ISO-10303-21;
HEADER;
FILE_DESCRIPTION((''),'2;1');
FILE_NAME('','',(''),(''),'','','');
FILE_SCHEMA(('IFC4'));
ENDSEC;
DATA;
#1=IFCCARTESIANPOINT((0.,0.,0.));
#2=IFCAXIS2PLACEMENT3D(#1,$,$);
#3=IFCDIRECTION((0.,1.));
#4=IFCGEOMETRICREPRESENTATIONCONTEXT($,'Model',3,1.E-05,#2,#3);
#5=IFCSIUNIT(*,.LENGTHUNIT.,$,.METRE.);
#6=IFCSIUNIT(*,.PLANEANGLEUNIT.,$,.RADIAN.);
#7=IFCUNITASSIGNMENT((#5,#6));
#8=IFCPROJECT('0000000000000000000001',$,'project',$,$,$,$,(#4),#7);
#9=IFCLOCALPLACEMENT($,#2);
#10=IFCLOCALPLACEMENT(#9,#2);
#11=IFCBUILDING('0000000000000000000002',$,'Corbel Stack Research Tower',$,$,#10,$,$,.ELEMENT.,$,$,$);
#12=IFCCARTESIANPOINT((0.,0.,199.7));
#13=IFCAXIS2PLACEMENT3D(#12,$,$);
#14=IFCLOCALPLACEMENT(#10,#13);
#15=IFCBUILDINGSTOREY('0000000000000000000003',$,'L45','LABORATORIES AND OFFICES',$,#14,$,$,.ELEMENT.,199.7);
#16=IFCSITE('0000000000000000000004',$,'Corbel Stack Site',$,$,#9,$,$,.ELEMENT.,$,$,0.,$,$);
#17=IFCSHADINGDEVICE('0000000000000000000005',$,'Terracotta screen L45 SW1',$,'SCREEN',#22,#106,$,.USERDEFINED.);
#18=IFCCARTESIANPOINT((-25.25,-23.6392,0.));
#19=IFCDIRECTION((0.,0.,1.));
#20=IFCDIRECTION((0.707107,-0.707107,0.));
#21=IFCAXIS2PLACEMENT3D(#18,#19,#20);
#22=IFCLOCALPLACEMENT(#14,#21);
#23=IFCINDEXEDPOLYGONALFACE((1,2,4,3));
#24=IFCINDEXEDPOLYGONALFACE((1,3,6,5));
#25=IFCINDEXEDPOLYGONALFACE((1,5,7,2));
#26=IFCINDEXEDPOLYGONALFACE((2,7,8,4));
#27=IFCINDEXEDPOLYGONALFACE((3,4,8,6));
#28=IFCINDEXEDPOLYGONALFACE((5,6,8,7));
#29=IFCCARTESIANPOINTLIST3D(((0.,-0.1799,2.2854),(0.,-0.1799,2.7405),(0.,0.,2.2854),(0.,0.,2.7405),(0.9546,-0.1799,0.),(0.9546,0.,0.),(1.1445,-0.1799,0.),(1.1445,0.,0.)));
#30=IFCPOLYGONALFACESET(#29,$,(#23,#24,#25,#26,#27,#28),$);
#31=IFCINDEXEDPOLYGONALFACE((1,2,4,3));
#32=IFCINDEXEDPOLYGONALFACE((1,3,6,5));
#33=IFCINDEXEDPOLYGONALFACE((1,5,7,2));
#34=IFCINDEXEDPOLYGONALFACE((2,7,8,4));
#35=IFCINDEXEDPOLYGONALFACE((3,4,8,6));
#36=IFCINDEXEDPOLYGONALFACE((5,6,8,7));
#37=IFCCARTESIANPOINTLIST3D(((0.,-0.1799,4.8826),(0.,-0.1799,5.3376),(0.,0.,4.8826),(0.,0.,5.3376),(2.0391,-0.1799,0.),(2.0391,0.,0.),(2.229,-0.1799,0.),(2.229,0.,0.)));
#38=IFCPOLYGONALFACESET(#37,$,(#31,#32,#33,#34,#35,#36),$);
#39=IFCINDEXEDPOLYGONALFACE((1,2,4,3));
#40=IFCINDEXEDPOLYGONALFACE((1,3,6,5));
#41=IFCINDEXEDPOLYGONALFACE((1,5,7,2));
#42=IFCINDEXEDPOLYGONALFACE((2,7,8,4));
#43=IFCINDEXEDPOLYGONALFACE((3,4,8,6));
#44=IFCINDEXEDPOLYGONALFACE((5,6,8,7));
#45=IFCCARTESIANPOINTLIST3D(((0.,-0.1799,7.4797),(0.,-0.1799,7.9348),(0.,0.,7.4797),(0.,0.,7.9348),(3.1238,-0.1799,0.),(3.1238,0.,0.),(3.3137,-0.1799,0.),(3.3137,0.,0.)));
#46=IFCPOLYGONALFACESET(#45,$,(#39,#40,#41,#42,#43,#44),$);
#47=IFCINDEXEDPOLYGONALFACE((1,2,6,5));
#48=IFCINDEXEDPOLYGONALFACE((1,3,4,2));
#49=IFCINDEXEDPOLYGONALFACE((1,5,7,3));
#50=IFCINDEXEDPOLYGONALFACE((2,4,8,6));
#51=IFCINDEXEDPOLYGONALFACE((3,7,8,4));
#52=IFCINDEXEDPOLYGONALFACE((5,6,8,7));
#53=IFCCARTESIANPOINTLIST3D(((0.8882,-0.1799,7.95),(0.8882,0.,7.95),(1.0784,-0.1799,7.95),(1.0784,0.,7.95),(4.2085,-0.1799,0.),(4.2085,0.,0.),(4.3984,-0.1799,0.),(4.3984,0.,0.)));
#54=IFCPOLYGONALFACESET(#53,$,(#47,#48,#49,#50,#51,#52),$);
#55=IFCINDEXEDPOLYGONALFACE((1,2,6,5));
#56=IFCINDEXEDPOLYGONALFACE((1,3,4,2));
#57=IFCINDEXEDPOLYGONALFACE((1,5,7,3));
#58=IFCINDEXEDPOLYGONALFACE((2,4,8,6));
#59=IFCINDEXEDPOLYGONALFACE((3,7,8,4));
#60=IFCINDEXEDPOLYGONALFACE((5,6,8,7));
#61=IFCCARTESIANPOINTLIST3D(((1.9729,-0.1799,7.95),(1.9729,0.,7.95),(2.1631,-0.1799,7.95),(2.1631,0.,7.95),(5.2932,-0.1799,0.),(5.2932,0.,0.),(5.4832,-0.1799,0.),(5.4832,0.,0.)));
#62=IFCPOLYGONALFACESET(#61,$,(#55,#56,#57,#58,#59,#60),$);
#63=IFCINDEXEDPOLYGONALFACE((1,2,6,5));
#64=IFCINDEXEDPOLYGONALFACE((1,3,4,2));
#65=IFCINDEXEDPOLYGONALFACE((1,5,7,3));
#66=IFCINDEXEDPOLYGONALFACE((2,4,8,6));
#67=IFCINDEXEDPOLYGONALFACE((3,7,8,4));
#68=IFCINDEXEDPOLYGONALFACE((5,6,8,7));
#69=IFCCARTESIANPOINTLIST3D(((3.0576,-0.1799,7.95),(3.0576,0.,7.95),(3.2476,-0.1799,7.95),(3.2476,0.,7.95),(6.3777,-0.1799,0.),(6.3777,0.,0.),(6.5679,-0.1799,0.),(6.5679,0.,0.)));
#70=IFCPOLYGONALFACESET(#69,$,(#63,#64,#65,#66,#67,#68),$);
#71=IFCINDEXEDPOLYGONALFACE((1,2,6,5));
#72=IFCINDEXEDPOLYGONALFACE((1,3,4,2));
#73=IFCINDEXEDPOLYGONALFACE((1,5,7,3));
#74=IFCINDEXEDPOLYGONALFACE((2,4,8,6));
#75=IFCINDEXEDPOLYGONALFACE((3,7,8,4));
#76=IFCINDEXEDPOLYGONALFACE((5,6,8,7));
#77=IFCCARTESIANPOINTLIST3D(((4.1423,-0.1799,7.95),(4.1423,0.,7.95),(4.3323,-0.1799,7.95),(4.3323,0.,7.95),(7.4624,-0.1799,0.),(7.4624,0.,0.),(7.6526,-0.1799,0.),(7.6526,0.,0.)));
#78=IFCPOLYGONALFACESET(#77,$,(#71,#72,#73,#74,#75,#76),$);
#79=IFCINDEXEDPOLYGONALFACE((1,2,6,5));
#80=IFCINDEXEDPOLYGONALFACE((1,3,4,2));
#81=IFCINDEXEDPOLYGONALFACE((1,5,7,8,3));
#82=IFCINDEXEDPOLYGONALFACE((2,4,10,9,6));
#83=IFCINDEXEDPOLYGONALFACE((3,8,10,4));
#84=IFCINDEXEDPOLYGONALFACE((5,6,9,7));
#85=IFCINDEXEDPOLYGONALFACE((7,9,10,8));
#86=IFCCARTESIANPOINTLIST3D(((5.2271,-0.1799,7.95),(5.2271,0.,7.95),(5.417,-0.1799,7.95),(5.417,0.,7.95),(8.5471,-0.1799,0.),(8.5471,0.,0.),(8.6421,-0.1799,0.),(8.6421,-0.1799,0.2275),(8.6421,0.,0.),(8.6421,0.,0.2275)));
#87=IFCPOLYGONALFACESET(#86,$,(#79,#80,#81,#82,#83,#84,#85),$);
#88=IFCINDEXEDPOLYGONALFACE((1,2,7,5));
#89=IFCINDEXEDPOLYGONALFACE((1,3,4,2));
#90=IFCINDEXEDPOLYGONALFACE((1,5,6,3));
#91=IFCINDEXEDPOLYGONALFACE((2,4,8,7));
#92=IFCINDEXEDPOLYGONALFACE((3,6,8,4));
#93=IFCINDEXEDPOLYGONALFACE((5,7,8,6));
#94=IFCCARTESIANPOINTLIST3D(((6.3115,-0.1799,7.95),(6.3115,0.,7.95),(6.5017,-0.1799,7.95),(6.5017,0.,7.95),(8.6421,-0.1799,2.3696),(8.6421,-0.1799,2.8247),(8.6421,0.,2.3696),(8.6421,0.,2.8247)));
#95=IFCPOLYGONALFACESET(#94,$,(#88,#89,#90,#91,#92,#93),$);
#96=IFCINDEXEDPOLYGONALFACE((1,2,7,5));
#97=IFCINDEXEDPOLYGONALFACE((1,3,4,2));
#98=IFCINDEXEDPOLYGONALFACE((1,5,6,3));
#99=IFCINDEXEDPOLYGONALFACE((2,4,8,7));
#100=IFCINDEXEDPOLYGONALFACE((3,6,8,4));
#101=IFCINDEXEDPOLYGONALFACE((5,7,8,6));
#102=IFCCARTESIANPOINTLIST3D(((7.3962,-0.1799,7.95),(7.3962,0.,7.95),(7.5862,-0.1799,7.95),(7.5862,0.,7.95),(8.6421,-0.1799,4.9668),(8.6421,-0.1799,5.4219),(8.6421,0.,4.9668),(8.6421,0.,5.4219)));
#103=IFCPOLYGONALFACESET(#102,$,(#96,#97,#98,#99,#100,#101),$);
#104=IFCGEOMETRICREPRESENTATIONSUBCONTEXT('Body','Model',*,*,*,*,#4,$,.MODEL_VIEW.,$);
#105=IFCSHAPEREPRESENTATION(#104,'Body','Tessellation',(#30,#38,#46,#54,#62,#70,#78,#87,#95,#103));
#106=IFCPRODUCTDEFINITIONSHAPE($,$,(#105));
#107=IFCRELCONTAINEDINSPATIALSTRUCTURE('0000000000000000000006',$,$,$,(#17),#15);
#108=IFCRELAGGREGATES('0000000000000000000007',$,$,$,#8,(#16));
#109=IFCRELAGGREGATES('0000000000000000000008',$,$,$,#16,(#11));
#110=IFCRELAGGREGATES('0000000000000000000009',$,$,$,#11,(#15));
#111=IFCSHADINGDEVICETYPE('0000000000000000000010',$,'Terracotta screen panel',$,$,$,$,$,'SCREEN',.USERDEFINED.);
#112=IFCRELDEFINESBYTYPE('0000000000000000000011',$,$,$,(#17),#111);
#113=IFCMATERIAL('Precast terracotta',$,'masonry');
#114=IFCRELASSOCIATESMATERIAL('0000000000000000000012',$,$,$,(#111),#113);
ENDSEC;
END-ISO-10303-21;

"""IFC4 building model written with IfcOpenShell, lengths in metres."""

from ifc_helpers import new_model, si_unit, direction, frame, origin, place, context, subcontext, project, spatial, polyline, outline, extrude, source, transform, mapped, material, type_object, element, save


model = new_model("IFC4")

# Units and contexts
model_context = context("Model", 3, precision=1e-05, world=origin(), true_north=direction((0.0, 1.0)))
body_context = subcontext(model_context, "Body", "Model", "MODEL_VIEW")
ifc_project = project(units=[si_unit("LENGTHUNIT", "METRE"), si_unit("PLANEANGLEUNIT", "RADIAN")], contexts=[model_context])

# Site, building, storey
site_placement = place(None, origin())
site = spatial("IfcSite", under=ifc_project, at=site_placement, Name="Corbel Stack Site", CompositionType="ELEMENT", RefElevation=0.0)
building_placement = place(site_placement, origin())
building = spatial("IfcBuilding", under=site, at=building_placement, Name="Corbel Stack Research Tower", CompositionType="ELEMENT")
storey_placement = place(building_placement, frame((0.0, 0.0, 199.7)))
storey = spatial("IfcBuildingStorey", under=building, at=storey_placement, Name="L45", Description="LABORATORIES AND OFFICES", CompositionType="ELEMENT", Elevation=199.7)

# Shading device
ifc_material_1 = material(Name="Precast terracotta", Category="masonry")
shading_device_type = type_object("IfcShadingDeviceType", Name="Terracotta screen panel", ElementType="SCREEN", PredefinedType="USERDEFINED", material=ifc_material_1)
shared_shape_1 = source(origin(), body_context, "Body", "SweptSolid", [
    extrude(outline(polyline([(1.1445, 0.0), (0.0, 2.7405), (0.0, 2.2854), (0.9546, 0.0), (1.1445, 0.0)])), frame((0.0, 0.0, 0.0), z_axis=(0.0, -1.0, 0.0), x_axis=(1.0, 0.0, 0.0)), (0.0, 0.0, 1.0), 0.1799),
    extrude(outline(polyline([(2.229, 0.0), (0.0, 5.3376), (0.0, 4.8826), (2.0391, 0.0), (2.229, 0.0)])), frame((0.0, 0.0, 0.0), z_axis=(0.0, -1.0, 0.0), x_axis=(1.0, 0.0, 0.0)), (0.0, 0.0, 1.0), 0.1799),
    extrude(outline(polyline([(3.3137, 0.0), (0.0, 7.9348), (0.0, 7.4797), (3.1238, 0.0), (3.3137, 0.0)])), frame((0.0, 0.0, 0.0), z_axis=(0.0, -1.0, 0.0), x_axis=(1.0, 0.0, 0.0)), (0.0, 0.0, 1.0), 0.1799),
    extrude(outline(polyline([(4.3984, 0.0), (1.0784, 7.95), (0.8882, 7.95), (4.2085, 0.0), (4.3984, 0.0)])), frame((0.0, 0.0, 0.0), z_axis=(0.0, -1.0, 0.0), x_axis=(1.0, 0.0, 0.0)), (0.0, 0.0, 1.0), 0.1799),
    extrude(outline(polyline([(5.4832, 0.0), (2.1631, 7.95), (1.9729, 7.95), (5.2932, 0.0), (5.4832, 0.0)])), frame((0.0, 0.0, 0.0), z_axis=(0.0, -1.0, 0.0), x_axis=(1.0, 0.0, 0.0)), (0.0, 0.0, 1.0), 0.1799),
    extrude(outline(polyline([(6.5679, 0.0), (3.2476, 7.95), (3.0576, 7.95), (6.3777, 0.0), (6.5679, 0.0)])), frame((0.0, 0.0, 0.0), z_axis=(0.0, -1.0, 0.0), x_axis=(1.0, 0.0, 0.0)), (0.0, 0.0, 1.0), 0.1799),
    extrude(outline(polyline([(7.6526, 0.0), (4.3323, 7.95), (4.1423, 7.95), (7.4624, 0.0), (7.6526, 0.0)])), frame((0.0, 0.0, 0.0), z_axis=(0.0, -1.0, 0.0), x_axis=(1.0, 0.0, 0.0)), (0.0, 0.0, 1.0), 0.1799),
    extrude(outline(polyline([(8.6421, 0.0), (8.6421, 0.2275), (5.417, 7.95), (5.2271, 7.95), (8.5471, 0.0), (8.6421, 0.0)])), frame((0.0, 0.0, 0.0), z_axis=(0.0, -1.0, 0.0), x_axis=(1.0, 0.0, 0.0)), (0.0, 0.0, 1.0), 0.1799),
    extrude(outline(polyline([(6.5017, 7.95), (6.3115, 7.95), (8.6421, 2.3696), (8.6421, 2.8247), (6.5017, 7.95)])), frame((0.0, 0.0, 0.0), z_axis=(0.0, -1.0, 0.0), x_axis=(1.0, 0.0, 0.0)), (0.0, 0.0, 1.0), 0.1799),
    extrude(outline(polyline([(7.5862, 7.95), (7.3962, 7.95), (8.6421, 4.9668), (8.6421, 5.4219), (7.5862, 7.95)])), frame((0.0, 0.0, 0.0), z_axis=(0.0, -1.0, 0.0), x_axis=(1.0, 0.0, 0.0)), (0.0, 0.0, 1.0), 0.1799),
])
shading_device_1_placement = place(storey_placement, frame((-25.25, -23.6392, 0.0), z_axis=(0.0, 0.0, 1.0), x_axis=(0.707107, -0.707107, 0.0)))
element("IfcShadingDevice", 1, at=shading_device_1_placement, inside=storey, type_object=shading_device_type, Name="Terracotta screen L45 SW1", ObjectType="SCREEN", PredefinedType="USERDEFINED", context=body_context, shape_type="MappedRepresentation", body=[
    mapped(shared_shape_1, transform((0.0, 0.0, 0.0))),
])

save(model, "model.ifc")
